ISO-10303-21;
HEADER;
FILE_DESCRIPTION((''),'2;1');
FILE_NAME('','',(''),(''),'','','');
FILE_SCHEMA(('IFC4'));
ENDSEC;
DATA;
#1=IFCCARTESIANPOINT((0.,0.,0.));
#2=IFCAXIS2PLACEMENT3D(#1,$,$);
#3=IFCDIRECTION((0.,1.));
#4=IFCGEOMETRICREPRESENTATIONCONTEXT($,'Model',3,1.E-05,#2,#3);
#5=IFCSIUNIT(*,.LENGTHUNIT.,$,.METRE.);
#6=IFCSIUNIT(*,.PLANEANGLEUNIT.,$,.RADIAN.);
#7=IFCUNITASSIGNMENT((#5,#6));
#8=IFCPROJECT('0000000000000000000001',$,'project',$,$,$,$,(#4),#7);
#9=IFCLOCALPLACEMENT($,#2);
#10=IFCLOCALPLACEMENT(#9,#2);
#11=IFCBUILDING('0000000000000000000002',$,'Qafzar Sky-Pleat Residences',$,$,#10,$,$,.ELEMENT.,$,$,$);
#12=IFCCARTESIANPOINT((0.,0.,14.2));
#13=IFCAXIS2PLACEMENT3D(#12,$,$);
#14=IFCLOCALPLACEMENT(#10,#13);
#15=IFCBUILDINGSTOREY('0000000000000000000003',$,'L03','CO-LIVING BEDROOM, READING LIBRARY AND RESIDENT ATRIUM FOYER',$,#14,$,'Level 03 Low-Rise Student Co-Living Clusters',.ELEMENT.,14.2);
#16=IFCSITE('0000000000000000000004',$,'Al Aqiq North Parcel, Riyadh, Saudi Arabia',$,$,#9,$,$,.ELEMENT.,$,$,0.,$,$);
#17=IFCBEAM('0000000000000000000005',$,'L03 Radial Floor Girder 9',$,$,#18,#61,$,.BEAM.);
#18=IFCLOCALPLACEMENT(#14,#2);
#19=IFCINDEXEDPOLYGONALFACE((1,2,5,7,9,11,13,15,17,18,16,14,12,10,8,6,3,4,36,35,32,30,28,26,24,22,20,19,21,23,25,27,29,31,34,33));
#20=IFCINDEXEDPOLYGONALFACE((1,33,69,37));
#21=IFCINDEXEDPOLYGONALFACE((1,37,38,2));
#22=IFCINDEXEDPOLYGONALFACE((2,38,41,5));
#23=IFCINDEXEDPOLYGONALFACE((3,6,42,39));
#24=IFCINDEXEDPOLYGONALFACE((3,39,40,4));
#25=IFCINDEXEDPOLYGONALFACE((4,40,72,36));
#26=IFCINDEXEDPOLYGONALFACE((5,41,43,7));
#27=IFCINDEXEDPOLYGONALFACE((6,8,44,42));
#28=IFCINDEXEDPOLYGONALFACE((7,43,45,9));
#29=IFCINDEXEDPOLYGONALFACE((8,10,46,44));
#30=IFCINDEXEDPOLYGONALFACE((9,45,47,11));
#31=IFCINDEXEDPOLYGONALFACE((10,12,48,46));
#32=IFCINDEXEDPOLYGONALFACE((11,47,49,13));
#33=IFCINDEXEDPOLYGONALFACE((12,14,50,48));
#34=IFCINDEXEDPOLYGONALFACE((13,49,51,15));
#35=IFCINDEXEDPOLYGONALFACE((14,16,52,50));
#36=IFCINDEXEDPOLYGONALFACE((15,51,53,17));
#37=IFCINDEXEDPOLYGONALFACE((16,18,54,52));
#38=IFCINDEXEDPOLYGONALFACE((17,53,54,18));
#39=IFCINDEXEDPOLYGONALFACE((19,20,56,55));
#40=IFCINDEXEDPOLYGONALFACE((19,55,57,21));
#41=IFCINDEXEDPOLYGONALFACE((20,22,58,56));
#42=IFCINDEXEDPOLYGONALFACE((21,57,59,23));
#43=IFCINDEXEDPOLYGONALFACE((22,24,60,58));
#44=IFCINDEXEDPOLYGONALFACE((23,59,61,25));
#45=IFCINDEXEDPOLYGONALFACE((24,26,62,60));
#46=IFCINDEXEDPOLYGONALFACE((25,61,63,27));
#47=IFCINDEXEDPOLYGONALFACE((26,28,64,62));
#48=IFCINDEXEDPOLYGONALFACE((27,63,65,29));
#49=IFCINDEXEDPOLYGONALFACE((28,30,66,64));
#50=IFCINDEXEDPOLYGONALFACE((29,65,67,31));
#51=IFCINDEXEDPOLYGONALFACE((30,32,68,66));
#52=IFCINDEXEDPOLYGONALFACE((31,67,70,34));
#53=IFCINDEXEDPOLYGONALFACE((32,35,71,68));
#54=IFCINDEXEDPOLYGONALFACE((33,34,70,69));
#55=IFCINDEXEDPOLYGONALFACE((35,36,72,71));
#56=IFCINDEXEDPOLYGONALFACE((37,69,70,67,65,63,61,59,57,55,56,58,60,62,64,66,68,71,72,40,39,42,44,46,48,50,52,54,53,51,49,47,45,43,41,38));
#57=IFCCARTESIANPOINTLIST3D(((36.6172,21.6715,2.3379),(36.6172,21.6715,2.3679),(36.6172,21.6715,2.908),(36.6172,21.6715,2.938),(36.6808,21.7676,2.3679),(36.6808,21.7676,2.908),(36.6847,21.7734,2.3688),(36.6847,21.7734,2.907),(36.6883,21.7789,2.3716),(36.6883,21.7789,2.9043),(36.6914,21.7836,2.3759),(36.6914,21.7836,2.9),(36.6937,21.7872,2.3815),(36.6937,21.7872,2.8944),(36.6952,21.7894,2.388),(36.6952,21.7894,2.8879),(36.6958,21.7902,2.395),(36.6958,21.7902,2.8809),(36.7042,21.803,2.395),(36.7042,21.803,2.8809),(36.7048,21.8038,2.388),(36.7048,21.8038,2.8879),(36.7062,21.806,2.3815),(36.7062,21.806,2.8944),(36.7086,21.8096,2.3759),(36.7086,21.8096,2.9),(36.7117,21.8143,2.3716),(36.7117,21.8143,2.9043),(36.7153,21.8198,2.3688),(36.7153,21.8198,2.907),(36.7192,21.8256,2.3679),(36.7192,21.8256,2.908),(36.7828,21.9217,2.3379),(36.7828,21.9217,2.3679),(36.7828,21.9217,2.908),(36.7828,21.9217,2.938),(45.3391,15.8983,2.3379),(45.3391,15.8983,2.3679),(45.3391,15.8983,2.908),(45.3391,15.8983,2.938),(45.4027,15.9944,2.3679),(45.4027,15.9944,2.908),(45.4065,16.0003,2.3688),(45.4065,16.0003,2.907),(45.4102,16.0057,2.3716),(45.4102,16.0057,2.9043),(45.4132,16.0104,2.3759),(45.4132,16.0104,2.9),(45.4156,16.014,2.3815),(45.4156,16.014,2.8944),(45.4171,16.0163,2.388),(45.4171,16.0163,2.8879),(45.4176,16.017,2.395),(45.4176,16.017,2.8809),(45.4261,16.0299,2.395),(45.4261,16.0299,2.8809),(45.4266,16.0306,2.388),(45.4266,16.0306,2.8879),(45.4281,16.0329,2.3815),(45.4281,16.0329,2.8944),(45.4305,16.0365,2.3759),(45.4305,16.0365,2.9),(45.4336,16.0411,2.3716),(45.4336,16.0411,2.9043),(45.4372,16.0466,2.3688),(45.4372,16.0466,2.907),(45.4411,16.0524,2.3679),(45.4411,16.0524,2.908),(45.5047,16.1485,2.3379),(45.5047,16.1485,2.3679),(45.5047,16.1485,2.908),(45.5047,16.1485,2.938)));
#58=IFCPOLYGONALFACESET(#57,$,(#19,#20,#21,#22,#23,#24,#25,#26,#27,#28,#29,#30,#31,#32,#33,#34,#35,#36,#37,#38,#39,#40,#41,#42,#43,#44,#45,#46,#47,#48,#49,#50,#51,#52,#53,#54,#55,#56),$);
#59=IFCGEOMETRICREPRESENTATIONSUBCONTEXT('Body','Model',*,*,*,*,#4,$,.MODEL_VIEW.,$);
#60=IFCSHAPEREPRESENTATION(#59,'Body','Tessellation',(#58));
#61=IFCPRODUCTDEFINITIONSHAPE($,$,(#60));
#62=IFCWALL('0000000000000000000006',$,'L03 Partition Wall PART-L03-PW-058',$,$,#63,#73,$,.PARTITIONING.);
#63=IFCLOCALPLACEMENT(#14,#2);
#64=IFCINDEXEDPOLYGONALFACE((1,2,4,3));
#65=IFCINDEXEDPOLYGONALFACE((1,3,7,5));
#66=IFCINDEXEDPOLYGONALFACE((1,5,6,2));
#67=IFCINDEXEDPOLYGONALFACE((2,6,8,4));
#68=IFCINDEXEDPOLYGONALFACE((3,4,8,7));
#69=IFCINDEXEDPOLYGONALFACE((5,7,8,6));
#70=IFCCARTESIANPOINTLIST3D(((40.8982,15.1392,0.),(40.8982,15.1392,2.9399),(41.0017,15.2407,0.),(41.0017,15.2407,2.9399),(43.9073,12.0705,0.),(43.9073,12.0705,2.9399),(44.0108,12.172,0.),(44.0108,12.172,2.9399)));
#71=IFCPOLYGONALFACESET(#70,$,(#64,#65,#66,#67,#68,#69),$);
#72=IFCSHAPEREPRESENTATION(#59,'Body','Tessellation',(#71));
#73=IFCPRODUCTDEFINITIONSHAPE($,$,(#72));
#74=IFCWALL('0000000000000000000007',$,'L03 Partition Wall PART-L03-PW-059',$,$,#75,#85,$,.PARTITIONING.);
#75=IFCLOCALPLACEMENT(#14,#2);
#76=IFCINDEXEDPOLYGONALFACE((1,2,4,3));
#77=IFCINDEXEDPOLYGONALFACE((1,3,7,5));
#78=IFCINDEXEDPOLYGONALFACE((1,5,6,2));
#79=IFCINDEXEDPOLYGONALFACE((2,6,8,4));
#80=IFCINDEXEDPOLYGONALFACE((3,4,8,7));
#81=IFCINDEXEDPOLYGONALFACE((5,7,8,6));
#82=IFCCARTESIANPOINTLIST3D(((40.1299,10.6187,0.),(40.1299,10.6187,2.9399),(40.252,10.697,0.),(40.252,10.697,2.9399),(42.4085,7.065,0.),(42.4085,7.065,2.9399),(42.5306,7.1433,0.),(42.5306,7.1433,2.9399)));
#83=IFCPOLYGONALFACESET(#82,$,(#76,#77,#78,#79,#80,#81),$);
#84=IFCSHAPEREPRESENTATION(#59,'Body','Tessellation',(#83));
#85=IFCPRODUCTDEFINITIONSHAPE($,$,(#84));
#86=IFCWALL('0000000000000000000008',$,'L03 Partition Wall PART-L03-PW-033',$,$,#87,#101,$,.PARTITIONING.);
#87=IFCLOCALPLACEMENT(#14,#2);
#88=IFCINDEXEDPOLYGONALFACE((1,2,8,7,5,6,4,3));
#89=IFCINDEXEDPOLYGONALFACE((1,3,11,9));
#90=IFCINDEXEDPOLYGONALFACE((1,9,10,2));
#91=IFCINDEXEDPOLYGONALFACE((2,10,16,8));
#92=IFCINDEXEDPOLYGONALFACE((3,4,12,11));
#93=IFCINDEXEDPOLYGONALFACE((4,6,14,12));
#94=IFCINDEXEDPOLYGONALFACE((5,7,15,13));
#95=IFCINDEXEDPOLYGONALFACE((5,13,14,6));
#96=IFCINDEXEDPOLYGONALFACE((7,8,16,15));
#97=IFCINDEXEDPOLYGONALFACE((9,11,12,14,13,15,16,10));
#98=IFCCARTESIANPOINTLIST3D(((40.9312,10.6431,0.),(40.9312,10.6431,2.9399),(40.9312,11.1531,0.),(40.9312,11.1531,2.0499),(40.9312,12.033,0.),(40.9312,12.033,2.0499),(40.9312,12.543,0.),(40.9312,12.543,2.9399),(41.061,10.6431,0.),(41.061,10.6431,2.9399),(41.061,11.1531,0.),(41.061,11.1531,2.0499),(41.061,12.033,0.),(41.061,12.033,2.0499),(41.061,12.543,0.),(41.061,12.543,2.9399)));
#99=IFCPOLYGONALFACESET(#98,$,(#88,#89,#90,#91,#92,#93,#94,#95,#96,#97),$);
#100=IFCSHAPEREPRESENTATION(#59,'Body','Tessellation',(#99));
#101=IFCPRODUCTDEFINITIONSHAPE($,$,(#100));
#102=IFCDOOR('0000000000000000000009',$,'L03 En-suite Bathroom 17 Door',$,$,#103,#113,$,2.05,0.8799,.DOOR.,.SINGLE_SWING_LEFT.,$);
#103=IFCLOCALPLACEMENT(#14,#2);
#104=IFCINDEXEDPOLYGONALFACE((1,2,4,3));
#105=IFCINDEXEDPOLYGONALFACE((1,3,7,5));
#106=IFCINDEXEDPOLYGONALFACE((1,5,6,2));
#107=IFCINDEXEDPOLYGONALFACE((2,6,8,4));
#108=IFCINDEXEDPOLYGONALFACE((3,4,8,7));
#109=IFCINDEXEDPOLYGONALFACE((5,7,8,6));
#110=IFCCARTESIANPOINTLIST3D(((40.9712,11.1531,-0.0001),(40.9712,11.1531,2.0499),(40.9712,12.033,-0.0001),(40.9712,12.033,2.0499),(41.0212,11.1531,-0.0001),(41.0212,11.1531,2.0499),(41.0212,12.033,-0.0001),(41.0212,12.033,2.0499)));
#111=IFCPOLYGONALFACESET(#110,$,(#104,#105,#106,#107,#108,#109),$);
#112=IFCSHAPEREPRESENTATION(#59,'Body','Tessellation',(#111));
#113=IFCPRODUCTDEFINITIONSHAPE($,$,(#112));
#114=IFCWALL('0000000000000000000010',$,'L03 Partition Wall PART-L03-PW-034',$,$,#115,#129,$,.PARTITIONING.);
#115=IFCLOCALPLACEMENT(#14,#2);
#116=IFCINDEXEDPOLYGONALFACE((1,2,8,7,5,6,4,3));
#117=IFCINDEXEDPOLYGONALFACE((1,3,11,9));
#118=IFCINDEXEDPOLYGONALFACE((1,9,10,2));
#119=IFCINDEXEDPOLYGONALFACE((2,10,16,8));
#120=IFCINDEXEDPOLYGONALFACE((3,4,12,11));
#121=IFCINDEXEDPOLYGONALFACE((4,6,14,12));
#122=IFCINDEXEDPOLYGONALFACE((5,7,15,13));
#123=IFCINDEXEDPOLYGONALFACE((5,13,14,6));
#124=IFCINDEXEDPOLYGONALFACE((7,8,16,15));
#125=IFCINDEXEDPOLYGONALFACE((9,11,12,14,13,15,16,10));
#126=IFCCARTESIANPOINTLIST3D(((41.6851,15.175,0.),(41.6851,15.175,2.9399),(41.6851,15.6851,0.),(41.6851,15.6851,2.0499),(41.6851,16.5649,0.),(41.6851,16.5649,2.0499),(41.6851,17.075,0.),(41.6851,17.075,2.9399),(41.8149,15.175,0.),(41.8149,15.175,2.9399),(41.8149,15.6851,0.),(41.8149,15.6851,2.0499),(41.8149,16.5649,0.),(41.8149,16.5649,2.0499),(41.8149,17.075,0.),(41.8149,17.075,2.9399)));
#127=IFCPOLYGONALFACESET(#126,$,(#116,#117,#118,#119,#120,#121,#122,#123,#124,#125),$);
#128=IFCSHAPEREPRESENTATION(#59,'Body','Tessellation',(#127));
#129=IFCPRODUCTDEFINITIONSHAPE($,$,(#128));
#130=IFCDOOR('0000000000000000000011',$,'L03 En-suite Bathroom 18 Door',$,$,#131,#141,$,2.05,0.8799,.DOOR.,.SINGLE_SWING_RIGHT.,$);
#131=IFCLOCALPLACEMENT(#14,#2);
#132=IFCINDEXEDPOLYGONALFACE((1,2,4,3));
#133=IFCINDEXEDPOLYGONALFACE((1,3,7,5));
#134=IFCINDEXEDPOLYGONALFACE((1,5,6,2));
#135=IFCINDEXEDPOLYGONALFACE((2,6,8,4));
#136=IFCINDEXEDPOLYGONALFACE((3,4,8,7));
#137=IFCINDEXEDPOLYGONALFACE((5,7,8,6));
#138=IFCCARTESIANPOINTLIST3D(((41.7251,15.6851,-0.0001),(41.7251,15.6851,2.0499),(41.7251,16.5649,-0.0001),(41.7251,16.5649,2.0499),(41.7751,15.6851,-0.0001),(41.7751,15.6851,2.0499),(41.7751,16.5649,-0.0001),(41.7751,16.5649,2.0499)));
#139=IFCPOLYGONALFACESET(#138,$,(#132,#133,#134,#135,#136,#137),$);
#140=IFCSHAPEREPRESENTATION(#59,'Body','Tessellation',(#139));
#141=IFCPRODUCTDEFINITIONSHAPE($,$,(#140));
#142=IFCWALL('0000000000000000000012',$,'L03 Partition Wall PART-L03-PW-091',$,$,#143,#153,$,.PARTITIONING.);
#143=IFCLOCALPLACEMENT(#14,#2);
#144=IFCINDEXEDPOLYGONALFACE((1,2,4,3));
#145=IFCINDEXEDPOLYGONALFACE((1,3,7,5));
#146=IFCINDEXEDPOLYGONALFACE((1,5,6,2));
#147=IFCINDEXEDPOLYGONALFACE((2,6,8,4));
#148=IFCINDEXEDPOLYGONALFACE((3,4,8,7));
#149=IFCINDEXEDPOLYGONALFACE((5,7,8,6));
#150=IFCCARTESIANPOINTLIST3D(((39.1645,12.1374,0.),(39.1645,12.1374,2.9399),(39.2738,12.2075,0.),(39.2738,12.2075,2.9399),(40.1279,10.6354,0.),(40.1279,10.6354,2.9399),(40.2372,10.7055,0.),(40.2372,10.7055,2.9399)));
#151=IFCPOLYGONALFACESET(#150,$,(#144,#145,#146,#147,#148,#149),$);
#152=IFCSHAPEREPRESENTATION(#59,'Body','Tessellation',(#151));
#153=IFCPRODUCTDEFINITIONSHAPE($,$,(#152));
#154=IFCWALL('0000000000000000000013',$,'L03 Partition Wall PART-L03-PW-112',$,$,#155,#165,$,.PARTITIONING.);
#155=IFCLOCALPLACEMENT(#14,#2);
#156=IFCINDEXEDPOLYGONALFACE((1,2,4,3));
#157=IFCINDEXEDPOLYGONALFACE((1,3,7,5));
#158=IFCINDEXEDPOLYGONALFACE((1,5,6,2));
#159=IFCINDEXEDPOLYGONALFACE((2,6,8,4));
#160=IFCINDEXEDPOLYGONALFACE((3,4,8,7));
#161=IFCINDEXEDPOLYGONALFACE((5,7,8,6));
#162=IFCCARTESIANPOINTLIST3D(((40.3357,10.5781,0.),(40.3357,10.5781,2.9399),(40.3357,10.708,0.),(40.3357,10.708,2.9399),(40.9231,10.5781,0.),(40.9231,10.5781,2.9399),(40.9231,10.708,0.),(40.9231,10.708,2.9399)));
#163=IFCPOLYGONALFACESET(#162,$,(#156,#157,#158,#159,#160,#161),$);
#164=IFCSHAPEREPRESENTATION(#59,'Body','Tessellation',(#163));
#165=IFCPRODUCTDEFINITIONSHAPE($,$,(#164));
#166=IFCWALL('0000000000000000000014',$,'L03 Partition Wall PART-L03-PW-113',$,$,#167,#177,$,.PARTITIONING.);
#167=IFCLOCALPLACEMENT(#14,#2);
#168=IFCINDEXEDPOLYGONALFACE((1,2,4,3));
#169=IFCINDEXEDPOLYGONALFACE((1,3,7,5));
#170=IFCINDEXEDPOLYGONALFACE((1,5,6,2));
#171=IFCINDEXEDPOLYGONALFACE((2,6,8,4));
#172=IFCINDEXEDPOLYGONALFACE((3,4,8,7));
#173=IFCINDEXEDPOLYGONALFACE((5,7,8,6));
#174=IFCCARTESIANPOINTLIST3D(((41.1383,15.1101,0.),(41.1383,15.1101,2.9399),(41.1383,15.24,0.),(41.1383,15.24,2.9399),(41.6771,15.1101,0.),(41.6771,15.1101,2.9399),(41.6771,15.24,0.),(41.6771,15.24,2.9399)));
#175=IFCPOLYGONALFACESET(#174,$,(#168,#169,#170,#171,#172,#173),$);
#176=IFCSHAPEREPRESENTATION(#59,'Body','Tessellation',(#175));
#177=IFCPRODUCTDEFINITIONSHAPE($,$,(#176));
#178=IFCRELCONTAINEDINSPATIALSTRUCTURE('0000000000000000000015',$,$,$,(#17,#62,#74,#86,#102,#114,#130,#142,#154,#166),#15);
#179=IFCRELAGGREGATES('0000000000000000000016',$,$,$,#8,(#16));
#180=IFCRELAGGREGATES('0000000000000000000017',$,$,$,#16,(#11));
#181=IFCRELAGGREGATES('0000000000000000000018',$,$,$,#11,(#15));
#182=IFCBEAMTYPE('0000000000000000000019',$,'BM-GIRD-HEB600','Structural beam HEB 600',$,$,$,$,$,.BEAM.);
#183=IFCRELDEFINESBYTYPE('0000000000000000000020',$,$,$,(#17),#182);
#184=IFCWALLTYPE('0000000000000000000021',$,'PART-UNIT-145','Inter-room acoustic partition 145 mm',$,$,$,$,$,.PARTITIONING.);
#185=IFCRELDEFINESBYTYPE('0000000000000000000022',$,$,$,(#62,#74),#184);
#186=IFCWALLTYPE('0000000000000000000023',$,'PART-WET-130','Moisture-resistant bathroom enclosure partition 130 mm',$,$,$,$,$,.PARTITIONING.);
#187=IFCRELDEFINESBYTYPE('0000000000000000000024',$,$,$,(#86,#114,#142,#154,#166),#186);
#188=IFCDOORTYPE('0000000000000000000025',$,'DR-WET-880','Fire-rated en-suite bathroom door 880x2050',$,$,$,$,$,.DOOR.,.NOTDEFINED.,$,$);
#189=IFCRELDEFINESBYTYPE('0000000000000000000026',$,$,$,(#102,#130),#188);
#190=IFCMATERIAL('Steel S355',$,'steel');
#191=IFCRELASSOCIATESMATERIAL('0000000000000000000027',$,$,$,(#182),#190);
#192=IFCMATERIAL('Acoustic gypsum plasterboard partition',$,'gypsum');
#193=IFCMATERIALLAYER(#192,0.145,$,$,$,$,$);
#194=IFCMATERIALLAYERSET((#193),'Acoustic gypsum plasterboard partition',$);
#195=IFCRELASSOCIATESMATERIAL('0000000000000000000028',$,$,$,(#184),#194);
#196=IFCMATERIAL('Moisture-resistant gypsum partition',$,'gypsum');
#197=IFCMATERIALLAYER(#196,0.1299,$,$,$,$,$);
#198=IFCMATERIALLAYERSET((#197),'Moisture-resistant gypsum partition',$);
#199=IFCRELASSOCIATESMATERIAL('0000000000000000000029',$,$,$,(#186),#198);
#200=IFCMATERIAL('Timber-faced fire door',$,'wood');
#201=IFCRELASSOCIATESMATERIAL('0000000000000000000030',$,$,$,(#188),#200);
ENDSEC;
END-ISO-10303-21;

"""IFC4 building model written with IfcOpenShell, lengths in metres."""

from ifc_helpers import new_model, si_unit, direction, frame, frame_2d, origin, origin_2d, place, context, subcontext, project, spatial, rectangle, i_section, extrude, source, transform, mapped, material, layer, layer_set, material_profile, profile_set, type_object, element, fill, save


model = new_model("IFC4")

# Units and contexts
model_context = context("Model", 3, precision=1e-05, world=origin(), true_north=direction((0.0, 1.0)))
body_context = subcontext(model_context, "Body", "Model", "MODEL_VIEW")
ifc_project = project(units=[si_unit("LENGTHUNIT", "METRE"), si_unit("PLANEANGLEUNIT", "RADIAN")], contexts=[model_context])

# Site, building, storey
site_placement = place(None, origin())
site = spatial("IfcSite", under=ifc_project, at=site_placement, Name="Al Aqiq North Parcel, Riyadh, Saudi Arabia", CompositionType="ELEMENT", RefElevation=0.0)
building_placement = place(site_placement, origin())
building = spatial("IfcBuilding", under=site, at=building_placement, Name="Qafzar Sky-Pleat Residences", CompositionType="ELEMENT")
storey_placement = place(building_placement, frame((0.0, 0.0, 14.2)))
storey = spatial("IfcBuildingStorey", under=building, at=storey_placement, Name="L03", Description="CO-LIVING BEDROOM, READING LIBRARY AND RESIDENT ATRIUM FOYER", LongName="Level 03 Low-Rise Student Co-Living Clusters", CompositionType="ELEMENT", Elevation=14.2)

# Beam
ifc_material_1 = material(Name="Steel S355", Category="steel")
ifc_material_profile_1 = material_profile(ifc_material_1, i_section(OverallWidth=0.3, OverallDepth=0.6001, WebThickness=0.0154, FlangeThickness=0.03, FilletRadius=0.0271, at=origin_2d()), Name="HEB 600")
ifc_profile_set_1 = profile_set([ifc_material_profile_1], Name="Steel S355")
beam_type_1 = type_object("IfcBeamType", Name="BM-GIRD-HEB600", Description="Structural beam HEB 600", PredefinedType="BEAM", material=ifc_profile_set_1)
shared_shape_1 = source(origin(), body_context, "Body", "SweptSolid", [
    extrude(i_section(OverallWidth=0.3, OverallDepth=0.6001, WebThickness=0.0154, FlangeThickness=0.03, FilletRadius=0.0271, at=origin_2d()), origin(), (0.0, 0.0, 1.0), 10.4595),
])
beam_1_placement = place(storey_placement, frame((45.4219, 16.0234, 2.6379), z_axis=(-0.833874, 0.551955, 0.0), x_axis=(-0.551955, -0.833874, 0.0)))
element("IfcBeam", 1, at=beam_1_placement, inside=storey, type_object=beam_type_1, Name="L03 Radial Floor Girder 9", PredefinedType="BEAM", context=body_context, shape_type="MappedRepresentation", body=[
    mapped(shared_shape_1, transform((0.0, 0.0, 0.0), x_axis=(1.0, 0.0, 0.0), y_axis=(0.0, 1.0, 0.0), z_axis=(0.0, 0.0, 1.0), scale=1.0)),
])

# Walls
ifc_material_2 = material(Name="Acoustic gypsum plasterboard partition", Category="gypsum")
ifc_layer_1 = layer(ifc_material_2, 0.145)
ifc_layer_set_1 = layer_set([ifc_layer_1], Name="Acoustic gypsum plasterboard partition")
wall_type_1 = type_object("IfcWallType", Name="PART-UNIT-145", Description="Inter-room acoustic partition 145 mm", PredefinedType="PARTITIONING", material=ifc_layer_set_1)
wall_1_placement = place(storey_placement, frame((40.95, 15.1899, 0.0), z_axis=(0.0, 0.0, 1.0), x_axis=(0.700142, -0.714003, 0.0)))
element("IfcWall", 2, at=wall_1_placement, inside=storey, type_object=wall_type_1, Name="L03 Partition Wall PART-L03-PW-058", PredefinedType="PARTITIONING", context=body_context, shape_type="SweptSolid", body=[
    extrude(rectangle(XDim=4.2979, YDim=0.145, at=frame_2d((2.1489, 0.0))), origin(), (0.0, 0.0, 1.0), 2.9399),
])
wall_2_placement = place(storey_placement, frame((40.1909, 10.658, 0.0), z_axis=(0.0, 0.0, 1.0), x_axis=(0.539758, -0.841821, 0.0)))
element("IfcWall", 3, at=wall_2_placement, inside=storey, type_object=wall_type_1, Name="L03 Partition Wall PART-L03-PW-059", PredefinedType="PARTITIONING", context=body_context, shape_type="SweptSolid", body=[
    extrude(rectangle(XDim=4.2214, YDim=0.145, at=frame_2d((2.1108, 0.0))), origin(), (0.0, 0.0, 1.0), 2.9399),
])

# Walls, openings, doors
ifc_material_3 = material(Name="Moisture-resistant gypsum partition", Category="gypsum")
ifc_layer_2 = layer(ifc_material_3, 0.1299)
ifc_layer_set_2 = layer_set([ifc_layer_2], Name="Moisture-resistant gypsum partition")
wall_type_2 = type_object("IfcWallType", Name="PART-WET-130", Description="Moisture-resistant bathroom enclosure partition 130 mm", PredefinedType="PARTITIONING", material=ifc_layer_set_2)
wall_3_placement = place(storey_placement, frame((40.9961, 10.6431, 0.0), z_axis=(0.0, 0.0, 1.0), x_axis=(0.0, 1.0, 0.0)))
wall_3 = element("IfcWall", 4, at=wall_3_placement, inside=storey, type_object=wall_type_2, Name="L03 Partition Wall PART-L03-PW-033", PredefinedType="PARTITIONING", context=body_context, shape_type="SweptSolid", body=[
    extrude(rectangle(XDim=1.8999, YDim=0.1299, at=frame_2d((0.95, 0.0))), origin(), (0.0, 0.0, 1.0), 2.9399),
])
opening_1_placement = place(wall_3_placement, frame((0.51, 0.0, 0.0)))
opening_1 = element("IfcOpeningElement", 5, at=opening_1_placement, cuts=wall_3, PredefinedType="OPENING", context=body_context, shape_type="SweptSolid", body=[
    extrude(rectangle(XDim=0.8799, YDim=2.05, at=frame_2d((0.4399, 1.0249))), frame((0.0, 0.075, 0.0), z_axis=(0.0, -1.0, 0.0), x_axis=(1.0, 0.0, 0.0)), (0.0, 0.0, 1.0), 0.1499),
])
ifc_material_4 = material(Name="Timber-faced fire door", Category="wood")
door_type_1 = type_object("IfcDoorType", Name="DR-WET-880", Description="Fire-rated en-suite bathroom door 880x2050", OperationType="NOTDEFINED", PredefinedType="DOOR", material=ifc_material_4)
shared_shape_2 = source(origin(), body_context, "Body", "SweptSolid", [
    extrude(rectangle(XDim=0.8799, YDim=2.05, at=frame_2d((0.4399, 1.0249))), frame((0.0, 0.0249, 0.0), z_axis=(0.0, -1.0, 0.0), x_axis=(1.0, 0.0, 0.0)), (0.0, 0.0, 1.0), 0.05),
])
door_1_placement = place(opening_1_placement, origin())
door_1 = element("IfcDoor", 6, at=door_1_placement, inside=storey, type_object=door_type_1, Name="L03 En-suite Bathroom 17 Door", OperationType="SINGLE_SWING_LEFT", OverallHeight=2.05, OverallWidth=0.8799, PredefinedType="DOOR", context=body_context, shape_type="MappedRepresentation", body=[
    mapped(shared_shape_2, transform((0.0, 0.0, 0.0), x_axis=(1.0, 0.0, 0.0), y_axis=(0.0, 1.0, 0.0), z_axis=(0.0, 0.0, 1.0), scale=1.0)),
])
fill(opening_1, door_1)
wall_4_placement = place(storey_placement, frame((41.75, 15.175, 0.0), z_axis=(0.0, 0.0, 1.0), x_axis=(0.0, 1.0, 0.0)))
wall_4 = element("IfcWall", 7, at=wall_4_placement, inside=storey, type_object=wall_type_2, Name="L03 Partition Wall PART-L03-PW-034", PredefinedType="PARTITIONING", context=body_context, shape_type="SweptSolid", body=[
    extrude(rectangle(XDim=1.8999, YDim=0.1299, at=frame_2d((0.95, 0.0))), origin(), (0.0, 0.0, 1.0), 2.9399),
])
opening_2_placement = place(wall_4_placement, frame((0.51, 0.0, 0.0)))
opening_2 = element("IfcOpeningElement", 8, at=opening_2_placement, cuts=wall_4, PredefinedType="OPENING", context=body_context, shape_type="SweptSolid", body=[
    extrude(rectangle(XDim=0.8799, YDim=2.05, at=frame_2d((0.4399, 1.0249))), frame((0.0, 0.075, 0.0), z_axis=(0.0, -1.0, 0.0), x_axis=(1.0, 0.0, 0.0)), (0.0, 0.0, 1.0), 0.1499),
])
door_2_placement = place(opening_2_placement, origin())
door_2 = element("IfcDoor", 9, at=door_2_placement, inside=storey, type_object=door_type_1, Name="L03 En-suite Bathroom 18 Door", OperationType="SINGLE_SWING_RIGHT", OverallHeight=2.05, OverallWidth=0.8799, PredefinedType="DOOR", context=body_context, shape_type="MappedRepresentation", body=[
    mapped(shared_shape_2, transform((0.0, 0.0, 0.0), x_axis=(1.0, 0.0, 0.0), y_axis=(0.0, 1.0, 0.0), z_axis=(0.0, 0.0, 1.0), scale=1.0)),
])
fill(opening_2, door_2)

# Walls
wall_5_placement = place(storey_placement, frame((39.2192, 12.1724, 0.0), z_axis=(0.0, 0.0, 1.0), x_axis=(0.5399, -0.841729, 0.0)))
element("IfcWall", 10, at=wall_5_placement, inside=storey, type_object=wall_type_2, Name="L03 Partition Wall PART-L03-PW-091", PredefinedType="PARTITIONING", context=body_context, shape_type="SweptSolid", body=[
    extrude(rectangle(XDim=1.7844, YDim=0.1299, at=frame_2d((0.8921, 0.0))), origin(), (0.0, 0.0, 1.0), 2.9399),
])
wall_6_placement = place(storey_placement, frame((40.3357, 10.6431, 0.0), z_axis=(0.0, 0.0, 1.0), x_axis=(1.0, 0.0, 0.0)))
element("IfcWall", 11, at=wall_6_placement, inside=storey, type_object=wall_type_2, Name="L03 Partition Wall PART-L03-PW-112", PredefinedType="PARTITIONING", context=body_context, shape_type="SweptSolid", body=[
    extrude(rectangle(XDim=0.5874, YDim=0.1299, at=frame_2d((0.2937, 0.0))), origin(), (0.0, 0.0, 1.0), 2.9399),
])
wall_7_placement = place(storey_placement, frame((41.1382, 15.175, 0.0), z_axis=(0.0, 0.0, 1.0), x_axis=(1.0, 0.0, 0.0)))
element("IfcWall", 12, at=wall_7_placement, inside=storey, type_object=wall_type_2, Name="L03 Partition Wall PART-L03-PW-113", PredefinedType="PARTITIONING", context=body_context, shape_type="SweptSolid", body=[
    extrude(rectangle(XDim=0.5388, YDim=0.1299, at=frame_2d((0.2695, 0.0))), origin(), (0.0, 0.0, 1.0), 2.9399),
])

save(model, "model.ifc")
